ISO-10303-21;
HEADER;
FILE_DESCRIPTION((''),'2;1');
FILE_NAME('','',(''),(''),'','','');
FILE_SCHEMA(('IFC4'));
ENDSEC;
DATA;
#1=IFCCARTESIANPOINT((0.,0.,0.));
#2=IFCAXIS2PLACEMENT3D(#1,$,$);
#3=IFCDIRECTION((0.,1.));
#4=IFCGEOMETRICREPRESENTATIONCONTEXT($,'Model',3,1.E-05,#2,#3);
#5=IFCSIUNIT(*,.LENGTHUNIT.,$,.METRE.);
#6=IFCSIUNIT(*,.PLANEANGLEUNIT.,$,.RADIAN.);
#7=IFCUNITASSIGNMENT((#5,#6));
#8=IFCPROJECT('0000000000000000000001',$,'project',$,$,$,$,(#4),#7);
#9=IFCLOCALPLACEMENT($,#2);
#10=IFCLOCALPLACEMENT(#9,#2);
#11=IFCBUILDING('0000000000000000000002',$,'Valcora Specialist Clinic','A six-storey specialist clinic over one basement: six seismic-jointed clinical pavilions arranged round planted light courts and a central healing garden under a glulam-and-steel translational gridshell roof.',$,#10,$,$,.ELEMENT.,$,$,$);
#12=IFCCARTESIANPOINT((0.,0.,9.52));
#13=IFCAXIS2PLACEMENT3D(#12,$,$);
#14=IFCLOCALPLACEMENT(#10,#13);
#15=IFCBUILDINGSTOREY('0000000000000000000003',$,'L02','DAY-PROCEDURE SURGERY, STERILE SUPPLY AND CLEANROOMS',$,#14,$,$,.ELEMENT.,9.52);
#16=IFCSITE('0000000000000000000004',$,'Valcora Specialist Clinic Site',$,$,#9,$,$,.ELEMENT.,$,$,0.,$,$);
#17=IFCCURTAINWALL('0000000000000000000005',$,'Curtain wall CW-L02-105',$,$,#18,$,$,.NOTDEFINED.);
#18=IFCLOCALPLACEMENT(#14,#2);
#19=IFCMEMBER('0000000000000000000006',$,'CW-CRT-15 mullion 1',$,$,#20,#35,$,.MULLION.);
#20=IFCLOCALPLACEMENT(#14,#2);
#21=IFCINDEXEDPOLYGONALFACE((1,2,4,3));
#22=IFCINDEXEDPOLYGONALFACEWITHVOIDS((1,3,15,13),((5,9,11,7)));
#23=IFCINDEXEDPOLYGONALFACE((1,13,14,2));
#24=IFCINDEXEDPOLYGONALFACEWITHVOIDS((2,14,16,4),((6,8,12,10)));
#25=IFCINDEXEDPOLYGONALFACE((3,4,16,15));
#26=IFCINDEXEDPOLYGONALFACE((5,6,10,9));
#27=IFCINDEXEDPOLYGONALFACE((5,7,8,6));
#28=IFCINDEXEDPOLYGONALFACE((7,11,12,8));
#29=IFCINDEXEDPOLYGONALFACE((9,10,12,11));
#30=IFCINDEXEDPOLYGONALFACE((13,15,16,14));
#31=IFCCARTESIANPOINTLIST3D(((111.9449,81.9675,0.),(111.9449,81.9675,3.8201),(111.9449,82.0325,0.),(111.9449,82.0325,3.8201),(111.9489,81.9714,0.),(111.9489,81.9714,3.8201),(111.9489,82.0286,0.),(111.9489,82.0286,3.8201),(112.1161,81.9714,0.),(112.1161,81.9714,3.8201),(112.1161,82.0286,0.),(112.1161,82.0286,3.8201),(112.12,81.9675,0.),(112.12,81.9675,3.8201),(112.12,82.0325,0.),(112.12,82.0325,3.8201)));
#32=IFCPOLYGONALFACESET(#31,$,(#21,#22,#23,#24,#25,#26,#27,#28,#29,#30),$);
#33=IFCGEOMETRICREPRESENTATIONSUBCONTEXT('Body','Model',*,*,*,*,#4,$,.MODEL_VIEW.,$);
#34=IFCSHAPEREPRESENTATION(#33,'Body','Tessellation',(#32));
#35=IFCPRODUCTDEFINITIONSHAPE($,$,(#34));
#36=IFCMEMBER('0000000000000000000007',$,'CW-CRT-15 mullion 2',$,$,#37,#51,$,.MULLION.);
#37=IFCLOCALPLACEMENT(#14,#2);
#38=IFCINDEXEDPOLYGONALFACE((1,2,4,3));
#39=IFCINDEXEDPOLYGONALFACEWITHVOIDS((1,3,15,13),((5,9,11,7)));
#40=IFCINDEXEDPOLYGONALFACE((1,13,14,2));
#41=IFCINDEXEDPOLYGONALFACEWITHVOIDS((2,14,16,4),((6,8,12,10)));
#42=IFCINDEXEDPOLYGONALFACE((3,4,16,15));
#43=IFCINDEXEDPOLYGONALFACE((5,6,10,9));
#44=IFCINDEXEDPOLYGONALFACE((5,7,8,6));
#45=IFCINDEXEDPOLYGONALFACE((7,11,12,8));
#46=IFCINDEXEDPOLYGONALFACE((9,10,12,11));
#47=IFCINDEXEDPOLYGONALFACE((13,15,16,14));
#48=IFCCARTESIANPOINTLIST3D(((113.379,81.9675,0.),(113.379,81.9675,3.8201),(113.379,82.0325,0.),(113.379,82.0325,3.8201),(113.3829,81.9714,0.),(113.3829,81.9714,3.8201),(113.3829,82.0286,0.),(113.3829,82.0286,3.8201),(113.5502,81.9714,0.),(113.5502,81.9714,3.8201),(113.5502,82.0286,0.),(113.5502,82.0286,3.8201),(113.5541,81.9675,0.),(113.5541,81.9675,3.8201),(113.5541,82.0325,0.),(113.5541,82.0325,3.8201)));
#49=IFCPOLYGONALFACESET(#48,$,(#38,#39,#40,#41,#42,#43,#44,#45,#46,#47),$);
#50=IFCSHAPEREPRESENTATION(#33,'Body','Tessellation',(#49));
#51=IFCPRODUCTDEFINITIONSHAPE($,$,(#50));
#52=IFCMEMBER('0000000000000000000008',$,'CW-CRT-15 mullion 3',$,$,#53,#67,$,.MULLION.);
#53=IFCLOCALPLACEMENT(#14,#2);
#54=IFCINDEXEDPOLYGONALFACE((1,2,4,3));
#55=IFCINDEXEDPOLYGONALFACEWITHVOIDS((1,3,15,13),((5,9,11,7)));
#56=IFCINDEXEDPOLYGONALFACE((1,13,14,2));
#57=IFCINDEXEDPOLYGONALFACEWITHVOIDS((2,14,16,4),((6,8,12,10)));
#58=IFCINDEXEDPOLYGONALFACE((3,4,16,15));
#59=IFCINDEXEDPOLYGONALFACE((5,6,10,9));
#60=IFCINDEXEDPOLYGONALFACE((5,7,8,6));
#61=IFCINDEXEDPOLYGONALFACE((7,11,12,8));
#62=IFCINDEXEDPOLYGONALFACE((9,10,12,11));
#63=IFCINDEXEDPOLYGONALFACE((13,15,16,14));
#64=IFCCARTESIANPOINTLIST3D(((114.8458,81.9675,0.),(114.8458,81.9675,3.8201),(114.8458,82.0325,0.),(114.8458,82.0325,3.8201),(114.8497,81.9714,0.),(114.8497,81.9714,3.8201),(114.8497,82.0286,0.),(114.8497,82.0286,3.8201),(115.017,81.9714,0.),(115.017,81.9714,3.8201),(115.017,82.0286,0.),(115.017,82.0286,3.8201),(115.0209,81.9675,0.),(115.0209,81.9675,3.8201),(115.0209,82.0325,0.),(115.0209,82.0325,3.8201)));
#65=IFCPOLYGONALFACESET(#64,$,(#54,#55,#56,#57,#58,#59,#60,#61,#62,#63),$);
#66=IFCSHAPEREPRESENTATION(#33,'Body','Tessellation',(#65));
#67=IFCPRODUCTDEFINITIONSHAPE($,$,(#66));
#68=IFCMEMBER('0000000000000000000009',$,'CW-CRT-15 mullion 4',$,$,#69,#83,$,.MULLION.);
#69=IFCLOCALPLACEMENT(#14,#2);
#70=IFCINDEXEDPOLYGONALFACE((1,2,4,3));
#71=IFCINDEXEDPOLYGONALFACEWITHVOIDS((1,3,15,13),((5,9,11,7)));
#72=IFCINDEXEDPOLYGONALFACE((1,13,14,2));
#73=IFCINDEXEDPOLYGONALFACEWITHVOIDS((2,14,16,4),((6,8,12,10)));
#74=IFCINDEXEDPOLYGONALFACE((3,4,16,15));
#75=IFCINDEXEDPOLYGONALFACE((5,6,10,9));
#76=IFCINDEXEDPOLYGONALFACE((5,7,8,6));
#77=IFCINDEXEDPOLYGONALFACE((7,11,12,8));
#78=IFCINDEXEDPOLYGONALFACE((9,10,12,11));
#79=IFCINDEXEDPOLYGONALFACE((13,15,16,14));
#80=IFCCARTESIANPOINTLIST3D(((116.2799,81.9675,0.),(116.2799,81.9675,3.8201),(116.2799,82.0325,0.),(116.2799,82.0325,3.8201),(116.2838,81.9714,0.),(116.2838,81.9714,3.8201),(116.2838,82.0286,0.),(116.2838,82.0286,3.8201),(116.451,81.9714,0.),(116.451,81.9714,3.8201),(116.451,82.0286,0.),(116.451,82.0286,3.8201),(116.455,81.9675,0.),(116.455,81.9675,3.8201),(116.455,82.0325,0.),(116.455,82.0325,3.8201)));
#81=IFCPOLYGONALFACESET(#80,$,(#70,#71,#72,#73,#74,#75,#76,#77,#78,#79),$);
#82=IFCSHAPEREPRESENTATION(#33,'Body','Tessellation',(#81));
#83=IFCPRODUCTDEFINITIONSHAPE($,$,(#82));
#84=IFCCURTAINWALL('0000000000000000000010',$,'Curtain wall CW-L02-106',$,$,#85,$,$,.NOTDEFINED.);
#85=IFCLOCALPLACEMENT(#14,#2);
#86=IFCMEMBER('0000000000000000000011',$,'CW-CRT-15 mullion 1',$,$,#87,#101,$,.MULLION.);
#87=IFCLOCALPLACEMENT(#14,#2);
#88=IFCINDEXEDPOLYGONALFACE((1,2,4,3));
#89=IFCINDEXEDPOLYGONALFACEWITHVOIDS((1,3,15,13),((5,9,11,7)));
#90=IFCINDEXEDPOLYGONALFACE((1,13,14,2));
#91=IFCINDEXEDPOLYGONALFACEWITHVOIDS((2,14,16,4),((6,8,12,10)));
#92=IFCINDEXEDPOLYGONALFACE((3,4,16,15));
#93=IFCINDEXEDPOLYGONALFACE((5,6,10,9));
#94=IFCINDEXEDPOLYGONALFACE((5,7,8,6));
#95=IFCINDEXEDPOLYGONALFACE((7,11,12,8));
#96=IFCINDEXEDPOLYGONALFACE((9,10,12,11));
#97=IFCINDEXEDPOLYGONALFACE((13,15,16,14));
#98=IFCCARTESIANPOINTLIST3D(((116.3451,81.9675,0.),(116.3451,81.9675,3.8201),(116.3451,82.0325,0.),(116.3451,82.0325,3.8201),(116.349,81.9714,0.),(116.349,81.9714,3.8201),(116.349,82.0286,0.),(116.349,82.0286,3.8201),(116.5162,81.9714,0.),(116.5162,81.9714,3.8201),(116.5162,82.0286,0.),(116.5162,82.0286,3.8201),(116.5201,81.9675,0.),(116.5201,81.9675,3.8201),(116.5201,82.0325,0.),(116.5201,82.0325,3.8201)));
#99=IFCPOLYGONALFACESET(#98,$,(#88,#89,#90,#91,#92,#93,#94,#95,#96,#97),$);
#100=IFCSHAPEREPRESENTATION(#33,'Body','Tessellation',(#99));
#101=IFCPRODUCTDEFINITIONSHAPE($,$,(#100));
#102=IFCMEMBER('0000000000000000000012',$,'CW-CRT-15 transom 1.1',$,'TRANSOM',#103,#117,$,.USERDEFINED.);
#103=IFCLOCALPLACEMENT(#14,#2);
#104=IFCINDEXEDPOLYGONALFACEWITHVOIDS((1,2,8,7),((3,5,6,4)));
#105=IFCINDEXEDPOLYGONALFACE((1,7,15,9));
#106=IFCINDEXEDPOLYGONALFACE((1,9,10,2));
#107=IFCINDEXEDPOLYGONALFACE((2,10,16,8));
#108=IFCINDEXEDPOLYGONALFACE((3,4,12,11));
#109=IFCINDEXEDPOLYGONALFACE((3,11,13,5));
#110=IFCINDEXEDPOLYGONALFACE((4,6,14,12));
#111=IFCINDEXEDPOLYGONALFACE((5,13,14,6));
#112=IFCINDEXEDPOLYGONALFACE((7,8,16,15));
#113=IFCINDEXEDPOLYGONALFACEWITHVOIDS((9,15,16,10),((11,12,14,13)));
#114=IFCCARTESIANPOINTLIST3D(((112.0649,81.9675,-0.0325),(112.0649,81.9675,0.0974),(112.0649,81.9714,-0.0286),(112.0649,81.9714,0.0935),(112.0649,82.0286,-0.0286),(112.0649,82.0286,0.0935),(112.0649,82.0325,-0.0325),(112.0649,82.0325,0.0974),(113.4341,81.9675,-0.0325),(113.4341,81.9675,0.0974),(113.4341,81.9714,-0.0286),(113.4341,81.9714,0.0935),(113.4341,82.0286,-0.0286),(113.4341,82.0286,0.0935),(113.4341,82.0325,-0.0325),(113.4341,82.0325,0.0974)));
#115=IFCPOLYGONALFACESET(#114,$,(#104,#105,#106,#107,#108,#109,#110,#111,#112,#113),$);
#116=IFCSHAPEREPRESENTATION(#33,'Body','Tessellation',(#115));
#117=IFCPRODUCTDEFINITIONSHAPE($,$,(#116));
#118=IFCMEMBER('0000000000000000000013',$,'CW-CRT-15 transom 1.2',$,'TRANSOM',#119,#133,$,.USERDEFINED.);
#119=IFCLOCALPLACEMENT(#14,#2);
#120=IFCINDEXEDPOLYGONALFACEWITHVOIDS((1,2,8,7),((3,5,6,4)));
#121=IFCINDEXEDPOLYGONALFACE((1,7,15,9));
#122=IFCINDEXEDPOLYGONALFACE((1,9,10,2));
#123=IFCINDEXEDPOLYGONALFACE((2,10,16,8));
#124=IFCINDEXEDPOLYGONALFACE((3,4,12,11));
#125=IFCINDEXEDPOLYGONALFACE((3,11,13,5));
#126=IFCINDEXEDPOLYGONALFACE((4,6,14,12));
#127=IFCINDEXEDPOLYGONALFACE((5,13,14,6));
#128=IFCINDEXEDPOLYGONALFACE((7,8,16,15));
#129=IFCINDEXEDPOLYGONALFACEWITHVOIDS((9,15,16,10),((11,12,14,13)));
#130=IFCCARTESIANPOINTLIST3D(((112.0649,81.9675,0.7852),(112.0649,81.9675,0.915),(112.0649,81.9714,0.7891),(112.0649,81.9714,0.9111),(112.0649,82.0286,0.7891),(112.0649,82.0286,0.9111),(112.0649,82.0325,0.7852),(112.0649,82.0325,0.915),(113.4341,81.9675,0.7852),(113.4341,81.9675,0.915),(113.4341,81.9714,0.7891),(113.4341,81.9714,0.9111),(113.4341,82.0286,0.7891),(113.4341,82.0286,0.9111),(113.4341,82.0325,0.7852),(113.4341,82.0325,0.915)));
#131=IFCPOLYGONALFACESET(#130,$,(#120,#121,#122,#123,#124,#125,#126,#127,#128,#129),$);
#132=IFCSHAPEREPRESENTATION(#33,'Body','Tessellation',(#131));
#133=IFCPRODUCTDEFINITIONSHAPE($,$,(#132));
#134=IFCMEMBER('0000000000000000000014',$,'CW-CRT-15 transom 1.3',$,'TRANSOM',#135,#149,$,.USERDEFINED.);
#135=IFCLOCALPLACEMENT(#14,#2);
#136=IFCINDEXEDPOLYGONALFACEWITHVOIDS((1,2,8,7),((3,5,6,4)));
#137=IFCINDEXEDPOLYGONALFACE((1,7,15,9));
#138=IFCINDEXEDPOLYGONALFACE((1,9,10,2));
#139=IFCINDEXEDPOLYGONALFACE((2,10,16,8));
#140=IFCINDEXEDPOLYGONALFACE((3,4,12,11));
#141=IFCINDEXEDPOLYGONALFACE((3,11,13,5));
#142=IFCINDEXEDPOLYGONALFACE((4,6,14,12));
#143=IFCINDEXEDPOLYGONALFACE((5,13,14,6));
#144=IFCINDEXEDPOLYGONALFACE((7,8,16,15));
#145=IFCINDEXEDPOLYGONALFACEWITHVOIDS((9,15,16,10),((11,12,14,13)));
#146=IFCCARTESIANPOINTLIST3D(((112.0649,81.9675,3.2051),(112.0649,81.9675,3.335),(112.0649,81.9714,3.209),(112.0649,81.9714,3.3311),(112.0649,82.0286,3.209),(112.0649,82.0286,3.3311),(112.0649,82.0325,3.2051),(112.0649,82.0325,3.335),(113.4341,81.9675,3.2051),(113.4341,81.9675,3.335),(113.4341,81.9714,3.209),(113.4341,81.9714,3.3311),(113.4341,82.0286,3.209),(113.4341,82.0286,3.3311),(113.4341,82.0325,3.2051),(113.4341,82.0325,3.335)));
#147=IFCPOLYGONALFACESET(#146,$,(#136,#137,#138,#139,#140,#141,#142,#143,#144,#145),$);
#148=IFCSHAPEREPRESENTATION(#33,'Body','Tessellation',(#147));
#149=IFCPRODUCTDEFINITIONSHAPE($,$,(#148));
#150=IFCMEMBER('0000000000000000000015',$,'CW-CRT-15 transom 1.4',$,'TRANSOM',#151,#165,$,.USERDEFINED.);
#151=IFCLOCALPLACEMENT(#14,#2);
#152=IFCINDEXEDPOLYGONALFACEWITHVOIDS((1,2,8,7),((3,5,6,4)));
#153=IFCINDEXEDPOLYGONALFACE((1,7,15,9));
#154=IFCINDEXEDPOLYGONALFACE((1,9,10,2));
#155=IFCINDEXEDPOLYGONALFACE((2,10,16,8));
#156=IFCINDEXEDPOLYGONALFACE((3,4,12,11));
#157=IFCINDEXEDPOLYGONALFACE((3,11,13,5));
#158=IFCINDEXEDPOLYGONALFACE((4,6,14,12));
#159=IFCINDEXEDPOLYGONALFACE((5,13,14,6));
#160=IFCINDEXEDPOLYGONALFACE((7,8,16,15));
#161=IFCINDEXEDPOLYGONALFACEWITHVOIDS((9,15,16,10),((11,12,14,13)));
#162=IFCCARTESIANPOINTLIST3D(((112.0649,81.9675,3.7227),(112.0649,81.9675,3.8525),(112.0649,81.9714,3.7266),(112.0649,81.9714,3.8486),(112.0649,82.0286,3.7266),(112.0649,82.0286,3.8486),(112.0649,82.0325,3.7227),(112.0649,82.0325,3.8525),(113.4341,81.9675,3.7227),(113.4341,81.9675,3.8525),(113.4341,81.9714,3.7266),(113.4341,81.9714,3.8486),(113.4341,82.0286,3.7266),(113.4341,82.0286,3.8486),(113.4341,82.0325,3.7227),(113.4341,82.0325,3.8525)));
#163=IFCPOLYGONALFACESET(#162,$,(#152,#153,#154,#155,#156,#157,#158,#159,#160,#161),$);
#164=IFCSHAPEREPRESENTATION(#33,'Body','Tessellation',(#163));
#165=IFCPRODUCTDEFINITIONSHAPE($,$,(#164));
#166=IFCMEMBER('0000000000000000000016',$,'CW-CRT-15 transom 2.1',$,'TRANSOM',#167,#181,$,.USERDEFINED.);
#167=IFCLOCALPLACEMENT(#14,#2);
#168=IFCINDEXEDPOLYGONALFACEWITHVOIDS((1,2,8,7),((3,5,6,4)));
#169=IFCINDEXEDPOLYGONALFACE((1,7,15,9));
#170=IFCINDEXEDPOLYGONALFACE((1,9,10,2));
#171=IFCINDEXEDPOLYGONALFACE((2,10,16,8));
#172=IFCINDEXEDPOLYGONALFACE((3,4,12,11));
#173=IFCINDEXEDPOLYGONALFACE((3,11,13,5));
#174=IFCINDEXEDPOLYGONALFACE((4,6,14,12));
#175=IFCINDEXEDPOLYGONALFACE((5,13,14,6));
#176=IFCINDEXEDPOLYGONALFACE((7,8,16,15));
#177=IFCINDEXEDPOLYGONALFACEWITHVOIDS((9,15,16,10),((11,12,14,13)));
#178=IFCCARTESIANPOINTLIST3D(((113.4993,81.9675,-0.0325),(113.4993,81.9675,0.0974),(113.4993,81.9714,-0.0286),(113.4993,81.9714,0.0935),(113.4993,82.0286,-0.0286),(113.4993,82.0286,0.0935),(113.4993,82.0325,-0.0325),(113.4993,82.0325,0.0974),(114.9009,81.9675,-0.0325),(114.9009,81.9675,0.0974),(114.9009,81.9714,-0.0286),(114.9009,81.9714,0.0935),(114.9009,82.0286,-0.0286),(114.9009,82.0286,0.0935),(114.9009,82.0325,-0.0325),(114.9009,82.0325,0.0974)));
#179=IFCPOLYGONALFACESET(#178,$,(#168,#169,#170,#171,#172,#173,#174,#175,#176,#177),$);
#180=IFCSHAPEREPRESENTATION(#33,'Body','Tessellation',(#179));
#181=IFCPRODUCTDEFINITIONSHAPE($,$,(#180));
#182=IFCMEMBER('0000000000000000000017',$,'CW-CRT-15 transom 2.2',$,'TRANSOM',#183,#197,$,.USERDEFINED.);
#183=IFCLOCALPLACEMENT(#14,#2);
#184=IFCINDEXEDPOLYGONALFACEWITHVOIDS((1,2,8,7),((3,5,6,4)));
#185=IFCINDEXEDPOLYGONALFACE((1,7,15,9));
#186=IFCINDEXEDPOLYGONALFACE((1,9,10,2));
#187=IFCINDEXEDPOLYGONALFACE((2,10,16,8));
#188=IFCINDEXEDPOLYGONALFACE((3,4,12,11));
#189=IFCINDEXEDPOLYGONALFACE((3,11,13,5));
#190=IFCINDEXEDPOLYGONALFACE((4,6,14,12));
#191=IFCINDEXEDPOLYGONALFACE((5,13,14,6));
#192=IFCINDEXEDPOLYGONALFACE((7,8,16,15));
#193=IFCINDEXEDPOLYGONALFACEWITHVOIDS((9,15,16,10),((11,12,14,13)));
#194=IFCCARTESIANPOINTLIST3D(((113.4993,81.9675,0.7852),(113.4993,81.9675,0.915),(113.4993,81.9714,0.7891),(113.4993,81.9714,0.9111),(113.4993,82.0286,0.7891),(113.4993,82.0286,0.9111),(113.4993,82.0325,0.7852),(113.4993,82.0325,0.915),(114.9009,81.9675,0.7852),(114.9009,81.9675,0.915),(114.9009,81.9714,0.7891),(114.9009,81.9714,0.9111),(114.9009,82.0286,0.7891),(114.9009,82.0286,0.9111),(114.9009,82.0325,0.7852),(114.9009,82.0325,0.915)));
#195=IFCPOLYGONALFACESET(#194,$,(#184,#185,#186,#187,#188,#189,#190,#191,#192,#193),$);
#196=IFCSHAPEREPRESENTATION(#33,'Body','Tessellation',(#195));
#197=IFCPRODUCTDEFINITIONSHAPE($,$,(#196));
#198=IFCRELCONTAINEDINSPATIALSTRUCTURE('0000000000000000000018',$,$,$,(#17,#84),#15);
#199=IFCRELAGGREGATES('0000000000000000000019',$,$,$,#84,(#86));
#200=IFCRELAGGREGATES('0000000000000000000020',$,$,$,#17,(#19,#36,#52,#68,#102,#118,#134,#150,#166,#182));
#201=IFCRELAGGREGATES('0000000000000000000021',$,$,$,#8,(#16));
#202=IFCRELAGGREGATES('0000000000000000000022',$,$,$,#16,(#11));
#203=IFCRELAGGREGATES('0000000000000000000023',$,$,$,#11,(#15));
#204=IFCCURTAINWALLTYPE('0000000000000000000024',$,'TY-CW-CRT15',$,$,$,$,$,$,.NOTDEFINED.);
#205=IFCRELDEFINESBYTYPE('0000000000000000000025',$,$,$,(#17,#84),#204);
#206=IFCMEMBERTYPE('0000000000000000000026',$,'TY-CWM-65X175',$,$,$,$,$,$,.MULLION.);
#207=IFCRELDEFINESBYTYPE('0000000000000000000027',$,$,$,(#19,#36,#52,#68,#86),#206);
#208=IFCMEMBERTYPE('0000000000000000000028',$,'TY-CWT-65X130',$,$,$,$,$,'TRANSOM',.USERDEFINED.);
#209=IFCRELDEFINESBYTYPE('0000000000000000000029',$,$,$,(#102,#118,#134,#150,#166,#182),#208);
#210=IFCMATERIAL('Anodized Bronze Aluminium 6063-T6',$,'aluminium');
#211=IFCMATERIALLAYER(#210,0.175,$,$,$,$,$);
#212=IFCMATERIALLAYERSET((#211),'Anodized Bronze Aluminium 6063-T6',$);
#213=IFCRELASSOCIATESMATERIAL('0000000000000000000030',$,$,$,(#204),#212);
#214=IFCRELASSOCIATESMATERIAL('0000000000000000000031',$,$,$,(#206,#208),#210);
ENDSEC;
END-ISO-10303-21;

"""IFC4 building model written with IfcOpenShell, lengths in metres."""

from ifc_helpers import new_model, si_unit, direction, frame, origin, origin_2d, place, context, subcontext, project, spatial, hollow_rectangle, extrude, material, layer, layer_set, material_profile, profile_set, type_object, element, aggregate, save


model = new_model("IFC4")

# Units and contexts
model_context = context("Model", 3, precision=1e-05, world=origin(), true_north=direction((0.0, 1.0)))
body_context = subcontext(model_context, "Body", "Model", "MODEL_VIEW")
ifc_project = project(units=[si_unit("LENGTHUNIT", "METRE"), si_unit("PLANEANGLEUNIT", "RADIAN")], contexts=[model_context])

# Site, building, storey
site_placement = place(None, origin())
site = spatial("IfcSite", under=ifc_project, at=site_placement, Name="Valcora Specialist Clinic Site", CompositionType="ELEMENT", RefElevation=0.0)
building_placement = place(site_placement, origin())
building = spatial("IfcBuilding", under=site, at=building_placement, Name="Valcora Specialist Clinic", Description="A six-storey specialist clinic over one basement: six seismic-jointed clinical pavilions arranged round planted light courts and a central healing garden under a glulam-and-steel translational gridshell roof.", CompositionType="ELEMENT")
storey_placement = place(building_placement, frame((0.0, 0.0, 9.52)))
storey = spatial("IfcBuildingStorey", under=building, at=storey_placement, Name="L02", Description="DAY-PROCEDURE SURGERY, STERILE SUPPLY AND CLEANROOMS", CompositionType="ELEMENT", Elevation=9.52)

# Curtain wall, members
ifc_material_1 = material(Name="Anodized Bronze Aluminium 6063-T6", Category="aluminium")
ifc_layer_1 = layer(ifc_material_1, 0.175)
ifc_layer_set_1 = layer_set([ifc_layer_1], Name="Anodized Bronze Aluminium 6063-T6")
curtain_wall_type = type_object("IfcCurtainWallType", Name="TY-CW-CRT15", PredefinedType="NOTDEFINED", material=ifc_layer_set_1)
curtain_wall_1_placement = place(storey_placement, origin())
curtain_wall_1 = element("IfcCurtainWall", 1, at=curtain_wall_1_placement, inside=storey, type_object=curtain_wall_type, Name="Curtain wall CW-L02-105", PredefinedType="NOTDEFINED")
ifc_material_profile_1 = material_profile(ifc_material_1, hollow_rectangle(XDim=0.0649, YDim=0.175, WallThickness=0.0039, at=origin_2d()), Name="AL-MUL-65X175")
ifc_profile_set_1 = profile_set([ifc_material_profile_1], Name="Anodized Bronze Aluminium 6063-T6")
member_type_1 = type_object("IfcMemberType", Name="TY-CWM-65X175", PredefinedType="MULLION", material=ifc_profile_set_1)
member_1_placement = place(storey_placement, frame((112.0325, 82.0, 0.0), z_axis=(0.0, 0.0, 1.0), x_axis=(0.0, 1.0, 0.0)))
member_1 = element("IfcMember", 2, at=member_1_placement, type_object=member_type_1, Name="CW-CRT-15 mullion 1", PredefinedType="MULLION", context=body_context, shape_type="SweptSolid", body=[
    extrude(hollow_rectangle(XDim=0.0649, YDim=0.175, WallThickness=0.0039, at=origin_2d()), origin(), (0.0, 0.0, 1.0), 3.8201),
])
member_2_placement = place(storey_placement, frame((113.4666, 82.0, 0.0), z_axis=(0.0, 0.0, 1.0), x_axis=(0.0, 1.0, 0.0)))
member_2 = element("IfcMember", 3, at=member_2_placement, type_object=member_type_1, Name="CW-CRT-15 mullion 2", PredefinedType="MULLION", context=body_context, shape_type="SweptSolid", body=[
    extrude(hollow_rectangle(XDim=0.0649, YDim=0.175, WallThickness=0.0039, at=origin_2d()), origin(), (0.0, 0.0, 1.0), 3.8201),
])
member_3_placement = place(storey_placement, frame((114.9333, 82.0, 0.0), z_axis=(0.0, 0.0, 1.0), x_axis=(0.0, 1.0, 0.0)))
member_3 = element("IfcMember", 4, at=member_3_placement, type_object=member_type_1, Name="CW-CRT-15 mullion 3", PredefinedType="MULLION", context=body_context, shape_type="SweptSolid", body=[
    extrude(hollow_rectangle(XDim=0.0649, YDim=0.175, WallThickness=0.0039, at=origin_2d()), origin(), (0.0, 0.0, 1.0), 3.8201),
])
member_4_placement = place(storey_placement, frame((116.3674, 82.0, 0.0), z_axis=(0.0, 0.0, 1.0), x_axis=(0.0, 1.0, 0.0)))
member_4 = element("IfcMember", 5, at=member_4_placement, type_object=member_type_1, Name="CW-CRT-15 mullion 4", PredefinedType="MULLION", context=body_context, shape_type="SweptSolid", body=[
    extrude(hollow_rectangle(XDim=0.0649, YDim=0.175, WallThickness=0.0039, at=origin_2d()), origin(), (0.0, 0.0, 1.0), 3.8201),
])

# Curtain wall, member
curtain_wall_2_placement = place(storey_placement, origin())
curtain_wall_2 = element("IfcCurtainWall", 6, at=curtain_wall_2_placement, inside=storey, type_object=curtain_wall_type, Name="Curtain wall CW-L02-106", PredefinedType="NOTDEFINED")
member_5_placement = place(storey_placement, frame((116.4326, 82.0, 0.0), z_axis=(0.0, 0.0, 1.0), x_axis=(0.0, 1.0, 0.0)))
member_5 = element("IfcMember", 7, at=member_5_placement, type_object=member_type_1, Name="CW-CRT-15 mullion 1", PredefinedType="MULLION", context=body_context, shape_type="SweptSolid", body=[
    extrude(hollow_rectangle(XDim=0.0649, YDim=0.175, WallThickness=0.0039, at=origin_2d()), origin(), (0.0, 0.0, 1.0), 3.8201),
])

# Members
ifc_material_profile_2 = material_profile(ifc_material_1, hollow_rectangle(XDim=0.0649, YDim=0.1299, WallThickness=0.0039, at=origin_2d()), Name="AL-TRN-65X130")
ifc_profile_set_2 = profile_set([ifc_material_profile_2], Name="Anodized Bronze Aluminium 6063-T6")
member_type_2 = type_object("IfcMemberType", Name="TY-CWT-65X130", ElementType="TRANSOM", PredefinedType="USERDEFINED", material=ifc_profile_set_2)
member_6_placement = place(storey_placement, frame((112.0649, 82.0, 0.0325), z_axis=(1.0, 0.0, 0.0), x_axis=(0.0, 1.0, 0.0)))
member_6 = element("IfcMember", 8, at=member_6_placement, type_object=member_type_2, Name="CW-CRT-15 transom 1.1", ObjectType="TRANSOM", PredefinedType="USERDEFINED", context=body_context, shape_type="SweptSolid", body=[
    extrude(hollow_rectangle(XDim=0.0649, YDim=0.1299, WallThickness=0.0039, at=origin_2d()), origin(), (0.0, 0.0, 1.0), 1.3691),
])
member_7_placement = place(storey_placement, frame((112.0649, 82.0, 0.8501), z_axis=(1.0, 0.0, 0.0), x_axis=(0.0, 1.0, 0.0)))
member_7 = element("IfcMember", 9, at=member_7_placement, type_object=member_type_2, Name="CW-CRT-15 transom 1.2", ObjectType="TRANSOM", PredefinedType="USERDEFINED", context=body_context, shape_type="SweptSolid", body=[
    extrude(hollow_rectangle(XDim=0.0649, YDim=0.1299, WallThickness=0.0039, at=origin_2d()), origin(), (0.0, 0.0, 1.0), 1.3691),
])
member_8_placement = place(storey_placement, frame((112.0649, 82.0, 3.27), z_axis=(1.0, 0.0, 0.0), x_axis=(0.0, 1.0, 0.0)))
member_8 = element("IfcMember", 10, at=member_8_placement, type_object=member_type_2, Name="CW-CRT-15 transom 1.3", ObjectType="TRANSOM", PredefinedType="USERDEFINED", context=body_context, shape_type="SweptSolid", body=[
    extrude(hollow_rectangle(XDim=0.0649, YDim=0.1299, WallThickness=0.0039, at=origin_2d()), origin(), (0.0, 0.0, 1.0), 1.3691),
])
member_9_placement = place(storey_placement, frame((112.0649, 82.0, 3.7876), z_axis=(1.0, 0.0, 0.0), x_axis=(0.0, 1.0, 0.0)))
member_9 = element("IfcMember", 11, at=member_9_placement, type_object=member_type_2, Name="CW-CRT-15 transom 1.4", ObjectType="TRANSOM", PredefinedType="USERDEFINED", context=body_context, shape_type="SweptSolid", body=[
    extrude(hollow_rectangle(XDim=0.0649, YDim=0.1299, WallThickness=0.0039, at=origin_2d()), origin(), (0.0, 0.0, 1.0), 1.3691),
])
member_10_placement = place(storey_placement, frame((113.4993, 82.0, 0.0325), z_axis=(1.0, 0.0, 0.0), x_axis=(0.0, 1.0, 0.0)))
member_10 = element("IfcMember", 12, at=member_10_placement, type_object=member_type_2, Name="CW-CRT-15 transom 2.1", ObjectType="TRANSOM", PredefinedType="USERDEFINED", context=body_context, shape_type="SweptSolid", body=[
    extrude(hollow_rectangle(XDim=0.0649, YDim=0.1299, WallThickness=0.0039, at=origin_2d()), origin(), (0.0, 0.0, 1.0), 1.4016),
])
member_11_placement = place(storey_placement, frame((113.4993, 82.0, 0.8501), z_axis=(1.0, 0.0, 0.0), x_axis=(0.0, 1.0, 0.0)))
member_11 = element("IfcMember", 13, at=member_11_placement, type_object=member_type_2, Name="CW-CRT-15 transom 2.2", ObjectType="TRANSOM", PredefinedType="USERDEFINED", context=body_context, shape_type="SweptSolid", body=[
    extrude(hollow_rectangle(XDim=0.0649, YDim=0.1299, WallThickness=0.0039, at=origin_2d()), origin(), (0.0, 0.0, 1.0), 1.4016),
])
aggregate(curtain_wall_2, [member_5])

aggregate(curtain_wall_1, [member_1, member_2, member_3, member_4, member_6, member_7, member_8, member_9, member_10, member_11])

save(model, "model.ifc")
